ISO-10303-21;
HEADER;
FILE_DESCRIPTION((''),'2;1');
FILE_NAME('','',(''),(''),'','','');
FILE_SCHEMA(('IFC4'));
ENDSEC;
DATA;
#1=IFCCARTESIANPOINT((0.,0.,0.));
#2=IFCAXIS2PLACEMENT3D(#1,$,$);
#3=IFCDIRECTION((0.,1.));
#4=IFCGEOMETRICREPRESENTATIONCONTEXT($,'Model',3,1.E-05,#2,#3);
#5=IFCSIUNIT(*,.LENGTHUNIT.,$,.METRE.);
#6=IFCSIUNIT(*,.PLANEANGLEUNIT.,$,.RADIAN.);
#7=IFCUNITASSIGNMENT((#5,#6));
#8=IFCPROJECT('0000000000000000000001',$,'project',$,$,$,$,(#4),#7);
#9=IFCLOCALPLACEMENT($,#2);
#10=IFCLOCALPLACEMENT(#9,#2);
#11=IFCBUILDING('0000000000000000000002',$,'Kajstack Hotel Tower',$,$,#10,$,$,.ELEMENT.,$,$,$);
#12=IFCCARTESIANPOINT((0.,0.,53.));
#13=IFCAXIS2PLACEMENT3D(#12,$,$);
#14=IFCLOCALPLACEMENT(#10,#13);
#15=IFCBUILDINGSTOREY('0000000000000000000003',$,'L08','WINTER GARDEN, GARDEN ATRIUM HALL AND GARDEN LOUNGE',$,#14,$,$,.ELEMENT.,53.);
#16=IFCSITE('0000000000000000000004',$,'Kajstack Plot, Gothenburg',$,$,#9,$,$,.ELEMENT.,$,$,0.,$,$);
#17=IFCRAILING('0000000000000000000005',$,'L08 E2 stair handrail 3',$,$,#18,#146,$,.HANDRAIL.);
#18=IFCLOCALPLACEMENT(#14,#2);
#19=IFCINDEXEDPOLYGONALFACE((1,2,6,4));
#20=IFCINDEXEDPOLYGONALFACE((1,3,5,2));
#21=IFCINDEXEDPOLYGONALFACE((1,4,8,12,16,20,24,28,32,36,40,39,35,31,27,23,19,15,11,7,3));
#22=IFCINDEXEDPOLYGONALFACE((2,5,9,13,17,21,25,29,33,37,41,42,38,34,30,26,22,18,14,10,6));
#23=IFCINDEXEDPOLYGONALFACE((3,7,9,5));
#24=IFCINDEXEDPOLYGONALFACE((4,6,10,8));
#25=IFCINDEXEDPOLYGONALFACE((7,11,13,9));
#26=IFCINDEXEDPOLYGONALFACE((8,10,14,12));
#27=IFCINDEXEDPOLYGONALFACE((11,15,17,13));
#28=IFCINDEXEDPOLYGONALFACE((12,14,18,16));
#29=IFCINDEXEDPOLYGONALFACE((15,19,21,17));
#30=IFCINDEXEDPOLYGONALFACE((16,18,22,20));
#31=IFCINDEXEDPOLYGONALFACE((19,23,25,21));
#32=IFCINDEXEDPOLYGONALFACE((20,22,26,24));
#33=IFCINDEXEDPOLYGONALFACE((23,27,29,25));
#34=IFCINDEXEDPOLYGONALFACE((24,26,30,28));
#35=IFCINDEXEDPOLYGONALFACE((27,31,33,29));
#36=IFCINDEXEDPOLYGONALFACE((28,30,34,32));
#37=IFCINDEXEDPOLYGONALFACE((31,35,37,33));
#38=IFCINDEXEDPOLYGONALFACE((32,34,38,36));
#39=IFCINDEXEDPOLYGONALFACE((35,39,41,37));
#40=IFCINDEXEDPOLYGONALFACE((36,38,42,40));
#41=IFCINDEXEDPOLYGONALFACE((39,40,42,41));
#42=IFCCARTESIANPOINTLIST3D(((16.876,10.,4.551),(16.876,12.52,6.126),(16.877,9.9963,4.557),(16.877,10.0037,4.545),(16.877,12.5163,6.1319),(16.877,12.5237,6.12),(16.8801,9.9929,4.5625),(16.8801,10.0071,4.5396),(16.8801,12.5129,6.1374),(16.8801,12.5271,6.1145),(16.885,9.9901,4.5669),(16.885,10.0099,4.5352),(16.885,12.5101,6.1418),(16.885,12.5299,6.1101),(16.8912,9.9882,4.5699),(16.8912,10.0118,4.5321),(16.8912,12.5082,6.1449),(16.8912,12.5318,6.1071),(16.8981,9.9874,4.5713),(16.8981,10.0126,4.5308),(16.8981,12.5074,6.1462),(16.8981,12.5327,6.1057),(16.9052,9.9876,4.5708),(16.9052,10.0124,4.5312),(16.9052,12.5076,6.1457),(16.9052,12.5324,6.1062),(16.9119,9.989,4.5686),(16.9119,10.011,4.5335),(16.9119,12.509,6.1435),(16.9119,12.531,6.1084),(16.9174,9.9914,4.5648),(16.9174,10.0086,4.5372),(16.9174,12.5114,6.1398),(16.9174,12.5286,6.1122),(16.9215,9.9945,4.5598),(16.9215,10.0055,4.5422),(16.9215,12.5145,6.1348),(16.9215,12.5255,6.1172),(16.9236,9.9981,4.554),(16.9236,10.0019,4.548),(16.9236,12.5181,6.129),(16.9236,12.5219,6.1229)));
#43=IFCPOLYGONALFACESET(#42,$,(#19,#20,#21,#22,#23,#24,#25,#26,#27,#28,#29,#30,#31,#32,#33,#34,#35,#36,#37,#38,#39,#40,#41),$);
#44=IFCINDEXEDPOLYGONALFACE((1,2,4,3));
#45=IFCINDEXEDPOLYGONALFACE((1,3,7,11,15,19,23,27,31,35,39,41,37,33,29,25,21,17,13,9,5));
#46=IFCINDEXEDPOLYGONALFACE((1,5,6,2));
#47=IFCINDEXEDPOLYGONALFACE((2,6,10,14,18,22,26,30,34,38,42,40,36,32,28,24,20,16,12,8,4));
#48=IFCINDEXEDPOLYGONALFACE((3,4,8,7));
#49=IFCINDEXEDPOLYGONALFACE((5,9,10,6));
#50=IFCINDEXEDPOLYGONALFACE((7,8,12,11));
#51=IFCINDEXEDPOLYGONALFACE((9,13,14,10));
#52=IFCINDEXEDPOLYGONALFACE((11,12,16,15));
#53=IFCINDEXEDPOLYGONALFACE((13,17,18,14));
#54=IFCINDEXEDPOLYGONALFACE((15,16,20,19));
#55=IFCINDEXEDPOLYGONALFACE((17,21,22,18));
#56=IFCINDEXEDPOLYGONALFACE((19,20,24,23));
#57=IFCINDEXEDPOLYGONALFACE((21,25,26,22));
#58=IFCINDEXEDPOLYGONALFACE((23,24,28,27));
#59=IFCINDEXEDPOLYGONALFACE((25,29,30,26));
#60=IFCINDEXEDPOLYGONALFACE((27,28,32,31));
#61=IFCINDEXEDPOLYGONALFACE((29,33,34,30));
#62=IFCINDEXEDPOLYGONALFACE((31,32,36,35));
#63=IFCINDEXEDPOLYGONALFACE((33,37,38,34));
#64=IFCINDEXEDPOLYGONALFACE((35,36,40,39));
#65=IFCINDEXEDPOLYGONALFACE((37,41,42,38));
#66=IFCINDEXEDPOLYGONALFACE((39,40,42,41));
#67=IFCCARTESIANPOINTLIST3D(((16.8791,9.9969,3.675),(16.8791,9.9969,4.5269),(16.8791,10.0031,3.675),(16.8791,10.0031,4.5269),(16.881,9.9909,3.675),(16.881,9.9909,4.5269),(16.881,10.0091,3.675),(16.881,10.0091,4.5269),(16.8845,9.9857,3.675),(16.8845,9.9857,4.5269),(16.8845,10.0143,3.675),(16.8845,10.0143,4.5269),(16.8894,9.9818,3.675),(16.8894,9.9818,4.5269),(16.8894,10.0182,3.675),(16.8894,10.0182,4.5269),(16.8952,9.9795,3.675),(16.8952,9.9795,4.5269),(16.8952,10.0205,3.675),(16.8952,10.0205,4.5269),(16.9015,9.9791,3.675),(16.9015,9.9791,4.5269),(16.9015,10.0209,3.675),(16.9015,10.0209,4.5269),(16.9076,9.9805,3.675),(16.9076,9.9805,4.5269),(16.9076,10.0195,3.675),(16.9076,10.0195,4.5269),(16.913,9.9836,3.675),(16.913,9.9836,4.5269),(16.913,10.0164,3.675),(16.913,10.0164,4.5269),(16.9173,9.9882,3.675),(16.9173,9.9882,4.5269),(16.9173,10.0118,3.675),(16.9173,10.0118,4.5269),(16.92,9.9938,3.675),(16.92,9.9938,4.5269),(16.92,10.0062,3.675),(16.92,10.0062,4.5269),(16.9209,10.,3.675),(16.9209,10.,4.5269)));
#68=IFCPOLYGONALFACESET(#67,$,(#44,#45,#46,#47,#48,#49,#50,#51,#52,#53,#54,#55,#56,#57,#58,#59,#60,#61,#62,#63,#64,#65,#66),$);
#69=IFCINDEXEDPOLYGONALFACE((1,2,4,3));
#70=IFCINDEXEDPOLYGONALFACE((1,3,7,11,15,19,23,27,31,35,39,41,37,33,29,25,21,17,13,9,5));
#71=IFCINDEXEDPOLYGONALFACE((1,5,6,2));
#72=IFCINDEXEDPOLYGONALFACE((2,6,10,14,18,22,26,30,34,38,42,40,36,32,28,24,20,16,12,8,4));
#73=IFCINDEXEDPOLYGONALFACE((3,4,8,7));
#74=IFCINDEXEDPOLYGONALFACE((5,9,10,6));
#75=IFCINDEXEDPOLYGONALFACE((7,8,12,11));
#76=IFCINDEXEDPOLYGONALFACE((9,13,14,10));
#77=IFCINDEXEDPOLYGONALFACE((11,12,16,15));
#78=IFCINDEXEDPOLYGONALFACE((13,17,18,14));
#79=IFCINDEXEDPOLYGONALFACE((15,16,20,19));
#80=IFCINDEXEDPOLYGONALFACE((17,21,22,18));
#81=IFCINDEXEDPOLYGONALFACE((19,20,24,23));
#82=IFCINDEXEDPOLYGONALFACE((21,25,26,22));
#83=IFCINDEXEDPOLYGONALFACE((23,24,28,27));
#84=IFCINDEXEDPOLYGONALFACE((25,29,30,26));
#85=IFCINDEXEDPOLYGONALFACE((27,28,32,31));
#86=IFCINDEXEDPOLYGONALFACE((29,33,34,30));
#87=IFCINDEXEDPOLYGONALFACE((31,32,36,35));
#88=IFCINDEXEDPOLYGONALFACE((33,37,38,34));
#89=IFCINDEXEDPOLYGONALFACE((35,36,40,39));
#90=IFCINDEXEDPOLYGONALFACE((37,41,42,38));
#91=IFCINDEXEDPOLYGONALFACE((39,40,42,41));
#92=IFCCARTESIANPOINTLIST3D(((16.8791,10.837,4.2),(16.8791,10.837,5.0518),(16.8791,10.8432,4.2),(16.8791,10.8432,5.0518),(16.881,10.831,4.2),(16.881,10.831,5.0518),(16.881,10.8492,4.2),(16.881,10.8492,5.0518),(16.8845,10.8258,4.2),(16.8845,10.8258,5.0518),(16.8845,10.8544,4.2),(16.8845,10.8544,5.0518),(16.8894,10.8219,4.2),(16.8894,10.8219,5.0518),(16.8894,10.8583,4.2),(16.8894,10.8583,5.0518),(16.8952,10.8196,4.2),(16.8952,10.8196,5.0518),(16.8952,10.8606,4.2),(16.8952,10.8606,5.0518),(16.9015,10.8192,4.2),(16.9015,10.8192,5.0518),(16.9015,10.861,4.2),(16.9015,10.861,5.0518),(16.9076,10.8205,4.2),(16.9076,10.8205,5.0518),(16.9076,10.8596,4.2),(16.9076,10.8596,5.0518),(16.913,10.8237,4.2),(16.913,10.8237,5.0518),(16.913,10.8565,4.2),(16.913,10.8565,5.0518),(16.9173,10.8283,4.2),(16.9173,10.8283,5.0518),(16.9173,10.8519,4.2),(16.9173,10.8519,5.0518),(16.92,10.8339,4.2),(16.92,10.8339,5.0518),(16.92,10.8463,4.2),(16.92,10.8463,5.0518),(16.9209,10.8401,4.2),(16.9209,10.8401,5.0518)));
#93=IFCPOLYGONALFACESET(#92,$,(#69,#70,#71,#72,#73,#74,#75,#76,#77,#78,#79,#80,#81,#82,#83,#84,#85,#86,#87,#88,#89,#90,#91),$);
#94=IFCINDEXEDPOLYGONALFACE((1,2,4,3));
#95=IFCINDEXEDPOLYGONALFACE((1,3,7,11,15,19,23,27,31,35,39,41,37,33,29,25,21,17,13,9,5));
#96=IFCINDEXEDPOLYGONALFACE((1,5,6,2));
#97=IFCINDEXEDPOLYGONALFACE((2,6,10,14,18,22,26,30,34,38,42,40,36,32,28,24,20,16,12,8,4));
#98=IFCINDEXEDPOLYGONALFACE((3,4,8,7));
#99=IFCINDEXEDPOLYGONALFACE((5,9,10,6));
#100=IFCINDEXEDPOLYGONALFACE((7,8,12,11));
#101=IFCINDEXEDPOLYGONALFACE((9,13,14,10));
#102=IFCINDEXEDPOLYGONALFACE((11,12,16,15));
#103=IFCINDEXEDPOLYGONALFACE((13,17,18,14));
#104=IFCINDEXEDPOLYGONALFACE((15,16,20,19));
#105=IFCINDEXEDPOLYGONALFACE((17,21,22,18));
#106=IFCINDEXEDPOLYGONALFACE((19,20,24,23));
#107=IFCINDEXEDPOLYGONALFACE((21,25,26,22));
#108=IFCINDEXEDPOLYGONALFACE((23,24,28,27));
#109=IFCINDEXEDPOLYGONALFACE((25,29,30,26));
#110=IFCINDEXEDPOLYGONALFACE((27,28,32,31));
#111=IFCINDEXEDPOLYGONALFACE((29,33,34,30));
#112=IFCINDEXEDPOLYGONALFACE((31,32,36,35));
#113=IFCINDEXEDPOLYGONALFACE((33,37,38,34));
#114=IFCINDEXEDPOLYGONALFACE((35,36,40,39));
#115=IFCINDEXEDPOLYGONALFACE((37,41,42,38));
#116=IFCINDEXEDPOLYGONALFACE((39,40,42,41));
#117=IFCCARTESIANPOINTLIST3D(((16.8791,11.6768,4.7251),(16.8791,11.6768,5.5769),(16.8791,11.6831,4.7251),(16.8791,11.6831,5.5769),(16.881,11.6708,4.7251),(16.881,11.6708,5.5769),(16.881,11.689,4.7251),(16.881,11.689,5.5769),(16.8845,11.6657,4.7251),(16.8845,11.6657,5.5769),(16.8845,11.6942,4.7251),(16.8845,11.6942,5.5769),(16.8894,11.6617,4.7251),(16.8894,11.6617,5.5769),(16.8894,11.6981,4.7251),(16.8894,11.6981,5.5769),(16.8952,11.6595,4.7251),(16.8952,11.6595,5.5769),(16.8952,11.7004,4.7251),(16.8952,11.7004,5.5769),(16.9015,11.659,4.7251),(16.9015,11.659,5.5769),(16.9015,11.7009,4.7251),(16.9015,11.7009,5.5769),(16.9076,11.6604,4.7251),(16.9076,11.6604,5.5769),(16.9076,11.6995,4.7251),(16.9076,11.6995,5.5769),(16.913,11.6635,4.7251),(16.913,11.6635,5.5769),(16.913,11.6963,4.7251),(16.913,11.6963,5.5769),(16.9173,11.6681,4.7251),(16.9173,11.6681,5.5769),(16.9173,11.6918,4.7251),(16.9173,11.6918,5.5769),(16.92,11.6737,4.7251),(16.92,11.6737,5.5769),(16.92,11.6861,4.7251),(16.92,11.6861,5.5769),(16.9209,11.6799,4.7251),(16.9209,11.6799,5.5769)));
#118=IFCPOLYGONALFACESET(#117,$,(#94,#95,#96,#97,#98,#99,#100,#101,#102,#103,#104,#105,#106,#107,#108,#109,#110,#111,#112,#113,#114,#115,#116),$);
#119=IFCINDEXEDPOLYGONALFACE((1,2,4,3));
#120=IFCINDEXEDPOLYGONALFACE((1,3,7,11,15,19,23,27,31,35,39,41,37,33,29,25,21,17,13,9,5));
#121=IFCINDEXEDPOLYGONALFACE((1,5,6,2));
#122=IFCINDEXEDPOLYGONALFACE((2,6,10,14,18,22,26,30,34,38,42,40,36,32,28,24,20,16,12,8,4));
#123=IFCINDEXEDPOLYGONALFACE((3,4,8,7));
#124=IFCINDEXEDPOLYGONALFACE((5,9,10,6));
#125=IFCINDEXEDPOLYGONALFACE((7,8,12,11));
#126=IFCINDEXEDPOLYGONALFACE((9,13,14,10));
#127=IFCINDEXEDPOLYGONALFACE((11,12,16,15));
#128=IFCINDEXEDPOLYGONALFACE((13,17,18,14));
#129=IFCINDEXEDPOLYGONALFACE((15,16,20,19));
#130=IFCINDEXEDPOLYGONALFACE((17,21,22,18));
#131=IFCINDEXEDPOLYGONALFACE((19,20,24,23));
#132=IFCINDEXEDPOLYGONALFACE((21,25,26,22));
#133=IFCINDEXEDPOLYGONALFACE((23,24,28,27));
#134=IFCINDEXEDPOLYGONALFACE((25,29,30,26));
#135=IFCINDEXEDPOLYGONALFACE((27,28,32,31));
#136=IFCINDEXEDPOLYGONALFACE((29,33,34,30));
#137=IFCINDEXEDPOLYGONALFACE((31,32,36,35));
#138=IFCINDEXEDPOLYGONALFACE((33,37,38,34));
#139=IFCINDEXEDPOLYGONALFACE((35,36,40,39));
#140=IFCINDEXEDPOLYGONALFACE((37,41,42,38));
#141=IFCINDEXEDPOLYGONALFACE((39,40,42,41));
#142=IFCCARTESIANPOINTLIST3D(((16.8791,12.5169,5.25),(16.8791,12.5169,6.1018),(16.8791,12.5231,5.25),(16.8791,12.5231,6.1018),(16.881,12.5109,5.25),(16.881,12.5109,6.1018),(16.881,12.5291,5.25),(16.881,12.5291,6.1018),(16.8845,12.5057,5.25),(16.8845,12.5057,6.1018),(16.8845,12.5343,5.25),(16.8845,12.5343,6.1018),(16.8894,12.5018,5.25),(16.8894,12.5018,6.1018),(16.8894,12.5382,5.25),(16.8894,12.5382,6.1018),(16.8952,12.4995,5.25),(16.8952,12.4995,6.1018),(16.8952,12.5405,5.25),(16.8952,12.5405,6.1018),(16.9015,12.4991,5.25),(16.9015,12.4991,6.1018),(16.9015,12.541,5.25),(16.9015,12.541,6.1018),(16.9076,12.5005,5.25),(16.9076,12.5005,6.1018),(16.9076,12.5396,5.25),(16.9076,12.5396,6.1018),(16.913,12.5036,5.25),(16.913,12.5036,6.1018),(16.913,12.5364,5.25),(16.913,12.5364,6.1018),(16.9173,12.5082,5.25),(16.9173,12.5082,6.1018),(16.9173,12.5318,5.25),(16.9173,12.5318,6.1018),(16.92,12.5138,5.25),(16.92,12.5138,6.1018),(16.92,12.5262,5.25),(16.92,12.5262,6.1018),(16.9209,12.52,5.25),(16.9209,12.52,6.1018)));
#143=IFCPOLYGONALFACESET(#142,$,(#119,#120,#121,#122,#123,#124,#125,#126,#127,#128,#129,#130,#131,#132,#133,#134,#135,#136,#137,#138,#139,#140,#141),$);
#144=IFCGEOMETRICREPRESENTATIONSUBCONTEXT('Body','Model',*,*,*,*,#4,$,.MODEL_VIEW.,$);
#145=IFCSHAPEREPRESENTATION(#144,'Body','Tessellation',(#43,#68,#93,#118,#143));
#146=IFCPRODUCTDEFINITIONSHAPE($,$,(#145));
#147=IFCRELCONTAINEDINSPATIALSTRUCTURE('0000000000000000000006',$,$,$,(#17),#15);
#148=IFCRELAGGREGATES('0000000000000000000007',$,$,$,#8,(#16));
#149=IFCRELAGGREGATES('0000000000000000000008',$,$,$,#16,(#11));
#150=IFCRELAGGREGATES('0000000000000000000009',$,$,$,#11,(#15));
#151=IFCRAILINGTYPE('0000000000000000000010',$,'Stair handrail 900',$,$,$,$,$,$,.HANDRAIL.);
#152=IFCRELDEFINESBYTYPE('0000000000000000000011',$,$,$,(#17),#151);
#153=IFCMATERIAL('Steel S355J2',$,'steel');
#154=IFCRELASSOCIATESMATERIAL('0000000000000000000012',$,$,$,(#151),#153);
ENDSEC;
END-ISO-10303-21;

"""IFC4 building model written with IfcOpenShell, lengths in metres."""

from ifc_helpers import new_model, si_unit, direction, frame, origin, origin_2d, place, context, subcontext, project, spatial, circle, extrude, material, type_object, element, save


model = new_model("IFC4")

# Units and contexts
model_context = context("Model", 3, precision=1e-05, world=origin(), true_north=direction((0.0, 1.0)))
body_context = subcontext(model_context, "Body", "Model", "MODEL_VIEW")
ifc_project = project(units=[si_unit("LENGTHUNIT", "METRE"), si_unit("PLANEANGLEUNIT", "RADIAN")], contexts=[model_context])

# Site, building, storey
site_placement = place(None, origin())
site = spatial("IfcSite", under=ifc_project, at=site_placement, Name="Kajstack Plot, Gothenburg", CompositionType="ELEMENT", RefElevation=0.0)
building_placement = place(site_placement, origin())
building = spatial("IfcBuilding", under=site, at=building_placement, Name="Kajstack Hotel Tower", CompositionType="ELEMENT")
storey_placement = place(building_placement, frame((0.0, 0.0, 53.0)))
storey = spatial("IfcBuildingStorey", under=building, at=storey_placement, Name="L08", Description="WINTER GARDEN, GARDEN ATRIUM HALL AND GARDEN LOUNGE", CompositionType="ELEMENT", Elevation=53.0)

# Railing
ifc_material_1 = material(Name="Steel S355J2", Category="steel")
railing_type_1 = type_object("IfcRailingType", Name="Stair handrail 900", PredefinedType="HANDRAIL", material=ifc_material_1)
for number, where, name in (
    (1, (16.8999, 10.0, 3.675), "L08 E2 stair handrail 3"),
):
    element("IfcRailing", number, at=place(storey_placement, frame(where)), inside=storey, type_object=railing_type_1, Name=name, PredefinedType="HANDRAIL", context=body_context, shape_type="SweptSolid", body=[
        extrude(circle(Radius=0.0239, at=origin_2d()), frame((0.0, 0.0, 0.876), z_axis=(0.0, 0.848008, 0.529984), x_axis=(-1.0, 0.0, 0.0)), (0.0, 0.0, 1.0), 2.9717),
        extrude(circle(Radius=0.021, at=origin_2d()), origin(), (0.0, 0.0, 1.0), 0.8518),
        extrude(circle(Radius=0.021, at=origin_2d()), frame((0.0, 0.8401, 0.5249)), (0.0, 0.0, 1.0), 0.8518),
        extrude(circle(Radius=0.021, at=origin_2d()), frame((0.0, 1.6799, 1.05)), (0.0, 0.0, 1.0), 0.8518),
        extrude(circle(Radius=0.021, at=origin_2d()), frame((0.0, 2.52, 1.575)), (0.0, 0.0, 1.0), 0.8518),
    ])

save(model, "model.ifc")
